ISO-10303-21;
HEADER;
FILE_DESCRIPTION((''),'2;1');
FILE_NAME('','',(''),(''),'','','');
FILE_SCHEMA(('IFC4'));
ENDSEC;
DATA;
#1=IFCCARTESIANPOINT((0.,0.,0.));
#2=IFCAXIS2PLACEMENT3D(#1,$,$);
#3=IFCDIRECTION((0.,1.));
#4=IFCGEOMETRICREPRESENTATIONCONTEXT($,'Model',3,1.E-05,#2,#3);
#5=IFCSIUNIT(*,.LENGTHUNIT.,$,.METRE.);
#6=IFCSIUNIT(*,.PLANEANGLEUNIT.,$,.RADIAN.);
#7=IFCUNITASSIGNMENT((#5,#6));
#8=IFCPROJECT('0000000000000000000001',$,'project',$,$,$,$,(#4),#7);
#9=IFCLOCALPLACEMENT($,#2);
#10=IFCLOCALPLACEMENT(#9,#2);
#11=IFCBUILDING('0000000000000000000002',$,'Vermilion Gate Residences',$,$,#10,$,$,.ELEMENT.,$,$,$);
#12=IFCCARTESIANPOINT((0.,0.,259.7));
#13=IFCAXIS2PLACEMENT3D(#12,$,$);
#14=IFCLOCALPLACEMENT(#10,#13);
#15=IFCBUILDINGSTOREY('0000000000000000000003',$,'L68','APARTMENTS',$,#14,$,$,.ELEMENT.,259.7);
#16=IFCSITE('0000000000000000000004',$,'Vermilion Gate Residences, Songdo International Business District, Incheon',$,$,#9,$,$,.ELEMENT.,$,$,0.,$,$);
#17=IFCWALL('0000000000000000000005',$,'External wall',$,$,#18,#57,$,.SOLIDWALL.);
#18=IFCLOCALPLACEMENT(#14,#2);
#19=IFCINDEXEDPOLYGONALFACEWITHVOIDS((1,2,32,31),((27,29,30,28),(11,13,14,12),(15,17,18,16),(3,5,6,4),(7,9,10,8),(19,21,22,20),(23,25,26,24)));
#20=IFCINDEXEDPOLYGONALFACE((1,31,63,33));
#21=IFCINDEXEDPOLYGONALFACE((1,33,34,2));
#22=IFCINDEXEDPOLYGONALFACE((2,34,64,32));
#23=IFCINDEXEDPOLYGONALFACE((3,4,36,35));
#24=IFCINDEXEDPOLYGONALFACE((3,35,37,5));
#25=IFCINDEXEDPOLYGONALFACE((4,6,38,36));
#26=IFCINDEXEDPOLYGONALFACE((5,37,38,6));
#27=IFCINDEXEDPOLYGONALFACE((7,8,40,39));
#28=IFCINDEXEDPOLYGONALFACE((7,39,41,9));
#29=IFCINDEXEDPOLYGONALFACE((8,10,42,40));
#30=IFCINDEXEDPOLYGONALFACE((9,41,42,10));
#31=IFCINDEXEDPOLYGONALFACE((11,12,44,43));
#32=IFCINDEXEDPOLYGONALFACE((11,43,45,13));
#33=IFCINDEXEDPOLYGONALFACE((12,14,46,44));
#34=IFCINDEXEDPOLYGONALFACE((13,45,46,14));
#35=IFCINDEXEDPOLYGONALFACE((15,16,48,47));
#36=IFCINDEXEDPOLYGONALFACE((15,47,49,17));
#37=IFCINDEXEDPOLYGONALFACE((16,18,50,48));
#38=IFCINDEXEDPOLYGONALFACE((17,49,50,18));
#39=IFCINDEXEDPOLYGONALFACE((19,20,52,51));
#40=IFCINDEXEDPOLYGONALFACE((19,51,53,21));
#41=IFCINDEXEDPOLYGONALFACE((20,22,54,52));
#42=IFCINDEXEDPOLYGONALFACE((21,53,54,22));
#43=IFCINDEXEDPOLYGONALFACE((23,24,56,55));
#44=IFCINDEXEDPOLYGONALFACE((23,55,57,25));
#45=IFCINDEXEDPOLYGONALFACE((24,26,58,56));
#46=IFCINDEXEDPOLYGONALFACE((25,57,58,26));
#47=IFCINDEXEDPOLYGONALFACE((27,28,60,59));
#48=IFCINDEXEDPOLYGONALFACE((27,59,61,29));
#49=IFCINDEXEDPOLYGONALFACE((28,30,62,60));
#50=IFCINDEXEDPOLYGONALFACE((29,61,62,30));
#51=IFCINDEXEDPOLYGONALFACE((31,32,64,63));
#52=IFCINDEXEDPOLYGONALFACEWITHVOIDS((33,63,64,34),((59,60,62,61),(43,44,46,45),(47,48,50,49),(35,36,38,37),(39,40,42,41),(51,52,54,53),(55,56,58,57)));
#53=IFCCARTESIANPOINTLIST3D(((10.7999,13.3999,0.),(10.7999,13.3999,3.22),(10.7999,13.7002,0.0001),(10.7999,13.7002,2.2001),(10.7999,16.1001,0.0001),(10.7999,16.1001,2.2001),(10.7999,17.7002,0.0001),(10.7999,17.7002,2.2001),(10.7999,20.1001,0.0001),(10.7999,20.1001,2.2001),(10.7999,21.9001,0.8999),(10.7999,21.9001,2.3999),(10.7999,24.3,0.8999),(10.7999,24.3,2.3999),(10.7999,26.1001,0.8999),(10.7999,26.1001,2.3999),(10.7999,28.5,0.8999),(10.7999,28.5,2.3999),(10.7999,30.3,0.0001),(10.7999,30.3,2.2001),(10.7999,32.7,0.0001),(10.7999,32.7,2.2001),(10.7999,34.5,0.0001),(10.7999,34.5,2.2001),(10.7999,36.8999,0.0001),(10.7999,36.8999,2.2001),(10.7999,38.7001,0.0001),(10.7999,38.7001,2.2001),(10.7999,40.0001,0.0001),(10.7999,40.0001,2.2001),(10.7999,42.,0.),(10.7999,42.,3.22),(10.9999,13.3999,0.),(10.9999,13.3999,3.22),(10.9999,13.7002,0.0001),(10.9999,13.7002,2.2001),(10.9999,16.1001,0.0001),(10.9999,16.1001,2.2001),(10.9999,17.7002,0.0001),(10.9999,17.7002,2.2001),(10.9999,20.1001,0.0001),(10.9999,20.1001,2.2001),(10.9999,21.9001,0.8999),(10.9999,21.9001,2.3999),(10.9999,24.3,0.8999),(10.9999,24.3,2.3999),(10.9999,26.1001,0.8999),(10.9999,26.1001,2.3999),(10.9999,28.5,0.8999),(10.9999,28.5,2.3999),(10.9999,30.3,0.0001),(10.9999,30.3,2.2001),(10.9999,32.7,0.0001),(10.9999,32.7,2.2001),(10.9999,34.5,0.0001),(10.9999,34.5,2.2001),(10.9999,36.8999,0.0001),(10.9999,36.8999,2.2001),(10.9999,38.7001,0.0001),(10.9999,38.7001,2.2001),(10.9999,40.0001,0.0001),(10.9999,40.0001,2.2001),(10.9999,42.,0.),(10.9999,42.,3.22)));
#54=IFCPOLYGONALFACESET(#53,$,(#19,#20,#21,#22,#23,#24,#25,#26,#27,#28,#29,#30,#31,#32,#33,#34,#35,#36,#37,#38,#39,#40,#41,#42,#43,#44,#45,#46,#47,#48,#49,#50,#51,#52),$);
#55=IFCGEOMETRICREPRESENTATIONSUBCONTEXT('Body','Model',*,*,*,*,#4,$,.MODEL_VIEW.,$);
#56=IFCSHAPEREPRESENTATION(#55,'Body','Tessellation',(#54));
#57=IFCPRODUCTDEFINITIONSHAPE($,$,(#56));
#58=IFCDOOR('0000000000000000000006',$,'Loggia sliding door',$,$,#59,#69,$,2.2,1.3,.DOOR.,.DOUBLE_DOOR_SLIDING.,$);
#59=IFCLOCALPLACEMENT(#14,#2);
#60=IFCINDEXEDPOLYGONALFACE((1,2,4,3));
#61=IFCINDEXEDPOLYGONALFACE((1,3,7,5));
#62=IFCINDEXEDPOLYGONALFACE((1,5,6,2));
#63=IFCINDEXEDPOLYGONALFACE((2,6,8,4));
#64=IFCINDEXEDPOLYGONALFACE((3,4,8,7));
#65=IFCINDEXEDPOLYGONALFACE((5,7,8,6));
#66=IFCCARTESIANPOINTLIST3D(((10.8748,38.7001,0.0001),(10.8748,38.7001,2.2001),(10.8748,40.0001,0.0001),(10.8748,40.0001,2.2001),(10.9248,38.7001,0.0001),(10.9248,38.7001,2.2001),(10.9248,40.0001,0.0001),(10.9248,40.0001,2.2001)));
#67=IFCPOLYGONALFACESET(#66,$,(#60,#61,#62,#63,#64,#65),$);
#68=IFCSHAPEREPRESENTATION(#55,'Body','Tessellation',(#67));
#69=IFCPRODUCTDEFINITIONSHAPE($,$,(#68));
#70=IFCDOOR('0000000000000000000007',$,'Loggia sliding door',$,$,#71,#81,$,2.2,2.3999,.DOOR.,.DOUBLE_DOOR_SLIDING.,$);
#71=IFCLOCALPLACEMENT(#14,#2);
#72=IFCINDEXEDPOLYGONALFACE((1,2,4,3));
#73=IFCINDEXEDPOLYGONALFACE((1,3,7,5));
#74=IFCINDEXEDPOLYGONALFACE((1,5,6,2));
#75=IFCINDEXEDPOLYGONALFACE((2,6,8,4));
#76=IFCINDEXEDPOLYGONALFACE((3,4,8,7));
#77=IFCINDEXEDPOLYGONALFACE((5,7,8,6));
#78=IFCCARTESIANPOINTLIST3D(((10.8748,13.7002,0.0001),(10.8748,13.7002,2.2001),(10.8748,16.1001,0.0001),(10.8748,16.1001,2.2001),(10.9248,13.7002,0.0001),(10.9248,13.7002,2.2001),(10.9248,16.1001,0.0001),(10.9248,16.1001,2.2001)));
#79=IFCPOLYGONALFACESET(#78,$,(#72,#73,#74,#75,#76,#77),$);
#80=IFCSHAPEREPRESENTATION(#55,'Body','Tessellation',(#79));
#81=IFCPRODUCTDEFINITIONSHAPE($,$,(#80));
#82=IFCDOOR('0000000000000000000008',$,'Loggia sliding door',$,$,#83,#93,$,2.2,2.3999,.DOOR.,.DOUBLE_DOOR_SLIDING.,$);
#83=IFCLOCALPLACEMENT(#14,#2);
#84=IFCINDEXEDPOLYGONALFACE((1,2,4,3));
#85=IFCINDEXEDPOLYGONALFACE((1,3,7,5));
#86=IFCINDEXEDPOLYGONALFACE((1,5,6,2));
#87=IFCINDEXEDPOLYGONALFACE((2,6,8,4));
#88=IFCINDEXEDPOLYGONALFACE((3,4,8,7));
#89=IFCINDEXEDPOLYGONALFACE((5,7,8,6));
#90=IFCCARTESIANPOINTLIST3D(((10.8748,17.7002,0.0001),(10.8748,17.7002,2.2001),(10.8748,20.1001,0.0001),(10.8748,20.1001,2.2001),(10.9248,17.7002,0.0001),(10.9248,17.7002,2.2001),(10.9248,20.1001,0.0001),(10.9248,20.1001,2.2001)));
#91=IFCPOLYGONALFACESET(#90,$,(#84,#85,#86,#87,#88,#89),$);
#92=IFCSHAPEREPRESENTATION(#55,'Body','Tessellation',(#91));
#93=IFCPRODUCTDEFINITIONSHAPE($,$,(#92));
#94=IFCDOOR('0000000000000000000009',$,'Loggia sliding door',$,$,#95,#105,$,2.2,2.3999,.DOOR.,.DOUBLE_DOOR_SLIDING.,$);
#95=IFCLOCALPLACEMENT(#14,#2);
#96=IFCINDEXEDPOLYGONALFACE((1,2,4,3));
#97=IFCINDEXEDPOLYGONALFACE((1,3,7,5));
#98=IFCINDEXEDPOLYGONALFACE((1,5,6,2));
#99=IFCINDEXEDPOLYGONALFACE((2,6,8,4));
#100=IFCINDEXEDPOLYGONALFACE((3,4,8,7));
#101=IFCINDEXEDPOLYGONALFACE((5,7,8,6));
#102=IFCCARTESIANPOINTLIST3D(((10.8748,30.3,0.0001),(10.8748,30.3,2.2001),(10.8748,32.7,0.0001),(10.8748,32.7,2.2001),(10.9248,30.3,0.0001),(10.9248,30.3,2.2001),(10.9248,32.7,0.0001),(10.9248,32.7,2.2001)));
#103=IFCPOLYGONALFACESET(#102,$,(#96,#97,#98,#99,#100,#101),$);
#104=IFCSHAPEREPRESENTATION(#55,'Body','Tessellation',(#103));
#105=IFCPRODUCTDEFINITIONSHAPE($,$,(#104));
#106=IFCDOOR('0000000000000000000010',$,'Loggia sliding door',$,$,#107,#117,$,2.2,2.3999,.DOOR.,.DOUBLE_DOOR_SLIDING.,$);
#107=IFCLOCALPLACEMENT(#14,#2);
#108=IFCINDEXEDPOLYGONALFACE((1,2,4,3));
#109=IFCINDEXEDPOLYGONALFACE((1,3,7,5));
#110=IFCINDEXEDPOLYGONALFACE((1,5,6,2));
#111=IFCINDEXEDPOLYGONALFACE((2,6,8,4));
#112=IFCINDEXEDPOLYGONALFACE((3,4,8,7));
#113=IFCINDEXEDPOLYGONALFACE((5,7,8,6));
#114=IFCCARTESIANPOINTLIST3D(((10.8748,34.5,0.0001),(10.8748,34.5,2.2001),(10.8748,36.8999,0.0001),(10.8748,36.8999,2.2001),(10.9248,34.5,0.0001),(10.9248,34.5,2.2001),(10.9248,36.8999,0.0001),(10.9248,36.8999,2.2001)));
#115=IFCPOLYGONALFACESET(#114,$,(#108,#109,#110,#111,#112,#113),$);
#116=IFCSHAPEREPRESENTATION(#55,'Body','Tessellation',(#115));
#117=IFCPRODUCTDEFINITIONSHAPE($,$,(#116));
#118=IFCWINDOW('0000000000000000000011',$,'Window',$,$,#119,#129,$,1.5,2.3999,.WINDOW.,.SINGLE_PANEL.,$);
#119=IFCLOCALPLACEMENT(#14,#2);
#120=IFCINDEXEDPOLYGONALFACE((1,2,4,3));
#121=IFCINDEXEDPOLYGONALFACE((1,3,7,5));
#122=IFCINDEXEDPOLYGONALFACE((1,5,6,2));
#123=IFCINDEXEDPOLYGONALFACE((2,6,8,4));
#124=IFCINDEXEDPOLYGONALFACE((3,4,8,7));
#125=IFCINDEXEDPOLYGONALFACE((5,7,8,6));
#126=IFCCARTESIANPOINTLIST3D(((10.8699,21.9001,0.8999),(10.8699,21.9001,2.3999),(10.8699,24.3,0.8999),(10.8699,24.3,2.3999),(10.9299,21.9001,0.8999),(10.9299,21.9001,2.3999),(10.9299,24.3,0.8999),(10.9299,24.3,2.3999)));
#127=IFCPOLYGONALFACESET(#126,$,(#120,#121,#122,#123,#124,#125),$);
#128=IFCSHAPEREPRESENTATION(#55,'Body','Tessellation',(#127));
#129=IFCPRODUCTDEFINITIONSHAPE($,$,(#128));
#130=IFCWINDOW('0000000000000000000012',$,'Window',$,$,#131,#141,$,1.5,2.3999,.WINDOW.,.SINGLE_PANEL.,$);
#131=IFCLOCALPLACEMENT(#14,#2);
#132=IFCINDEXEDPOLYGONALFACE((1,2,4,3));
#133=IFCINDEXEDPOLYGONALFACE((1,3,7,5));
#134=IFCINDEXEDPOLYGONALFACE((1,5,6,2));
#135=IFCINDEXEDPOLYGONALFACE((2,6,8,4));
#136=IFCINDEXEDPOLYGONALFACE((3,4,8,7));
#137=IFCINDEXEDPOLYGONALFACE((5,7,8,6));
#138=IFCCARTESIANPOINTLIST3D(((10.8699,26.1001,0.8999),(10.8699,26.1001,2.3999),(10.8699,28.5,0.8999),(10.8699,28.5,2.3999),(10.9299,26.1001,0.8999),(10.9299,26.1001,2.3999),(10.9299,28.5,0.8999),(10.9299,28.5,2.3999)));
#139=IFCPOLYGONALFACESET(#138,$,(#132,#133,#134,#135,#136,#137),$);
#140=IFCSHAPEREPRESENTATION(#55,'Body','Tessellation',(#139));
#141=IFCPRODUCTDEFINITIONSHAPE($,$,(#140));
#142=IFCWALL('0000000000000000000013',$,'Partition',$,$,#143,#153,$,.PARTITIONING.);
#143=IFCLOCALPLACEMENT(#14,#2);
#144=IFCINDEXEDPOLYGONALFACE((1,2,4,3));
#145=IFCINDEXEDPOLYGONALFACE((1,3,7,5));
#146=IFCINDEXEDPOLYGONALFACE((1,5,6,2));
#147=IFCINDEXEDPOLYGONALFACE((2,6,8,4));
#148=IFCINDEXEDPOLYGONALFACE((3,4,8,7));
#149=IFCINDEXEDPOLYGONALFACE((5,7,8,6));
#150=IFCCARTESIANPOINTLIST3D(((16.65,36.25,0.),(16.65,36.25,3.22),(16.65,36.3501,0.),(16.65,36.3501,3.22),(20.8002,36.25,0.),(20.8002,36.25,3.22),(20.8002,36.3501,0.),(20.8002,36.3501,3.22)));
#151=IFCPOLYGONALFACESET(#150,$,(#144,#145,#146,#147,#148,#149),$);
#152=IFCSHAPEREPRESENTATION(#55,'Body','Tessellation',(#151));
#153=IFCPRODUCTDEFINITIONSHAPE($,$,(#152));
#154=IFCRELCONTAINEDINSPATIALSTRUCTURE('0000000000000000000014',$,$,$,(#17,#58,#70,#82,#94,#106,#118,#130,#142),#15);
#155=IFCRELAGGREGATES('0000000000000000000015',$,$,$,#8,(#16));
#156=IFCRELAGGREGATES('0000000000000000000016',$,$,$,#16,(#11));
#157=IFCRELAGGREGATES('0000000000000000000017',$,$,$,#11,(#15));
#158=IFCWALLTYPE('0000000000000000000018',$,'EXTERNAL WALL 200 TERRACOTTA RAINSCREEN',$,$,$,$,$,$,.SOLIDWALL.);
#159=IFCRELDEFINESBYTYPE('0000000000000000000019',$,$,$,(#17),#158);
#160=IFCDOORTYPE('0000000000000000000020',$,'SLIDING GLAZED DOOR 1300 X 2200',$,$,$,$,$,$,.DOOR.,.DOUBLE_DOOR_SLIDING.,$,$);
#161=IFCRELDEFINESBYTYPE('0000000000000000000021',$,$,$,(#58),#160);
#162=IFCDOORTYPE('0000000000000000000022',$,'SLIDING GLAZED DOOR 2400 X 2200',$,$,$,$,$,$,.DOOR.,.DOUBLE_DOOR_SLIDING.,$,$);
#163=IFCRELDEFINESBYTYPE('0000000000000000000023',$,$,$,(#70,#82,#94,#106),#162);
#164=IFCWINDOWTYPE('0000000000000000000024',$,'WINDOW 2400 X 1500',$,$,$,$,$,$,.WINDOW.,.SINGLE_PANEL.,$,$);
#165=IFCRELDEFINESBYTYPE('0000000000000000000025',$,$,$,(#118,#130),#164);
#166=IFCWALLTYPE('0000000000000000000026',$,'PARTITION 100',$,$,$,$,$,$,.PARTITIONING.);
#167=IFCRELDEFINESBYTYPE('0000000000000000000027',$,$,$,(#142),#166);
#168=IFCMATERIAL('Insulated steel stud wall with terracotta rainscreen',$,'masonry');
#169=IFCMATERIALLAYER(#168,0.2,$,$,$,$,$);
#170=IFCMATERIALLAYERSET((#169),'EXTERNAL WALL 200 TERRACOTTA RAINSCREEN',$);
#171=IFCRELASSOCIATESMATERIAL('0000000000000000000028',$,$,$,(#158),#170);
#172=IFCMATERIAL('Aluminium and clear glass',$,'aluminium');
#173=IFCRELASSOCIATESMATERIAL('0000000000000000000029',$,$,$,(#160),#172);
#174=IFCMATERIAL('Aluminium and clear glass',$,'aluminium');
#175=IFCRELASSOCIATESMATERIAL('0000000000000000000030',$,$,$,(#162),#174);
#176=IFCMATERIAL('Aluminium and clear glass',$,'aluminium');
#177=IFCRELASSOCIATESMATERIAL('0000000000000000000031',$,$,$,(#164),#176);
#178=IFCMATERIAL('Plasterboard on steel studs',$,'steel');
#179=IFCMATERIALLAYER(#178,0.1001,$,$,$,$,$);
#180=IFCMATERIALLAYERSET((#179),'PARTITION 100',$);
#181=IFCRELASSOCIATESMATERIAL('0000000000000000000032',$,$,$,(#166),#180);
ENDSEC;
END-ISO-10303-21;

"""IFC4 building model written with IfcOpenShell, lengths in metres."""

from ifc_helpers import new_model, si_unit, direction, frame, frame_2d, origin, place, context, subcontext, project, spatial, rectangle, extrude, material, layer, layer_set, type_object, element, fill, save


model = new_model("IFC4")

# Units and contexts
model_context = context("Model", 3, precision=1e-05, world=origin(), true_north=direction((0.0, 1.0)))
body_context = subcontext(model_context, "Body", "Model", "MODEL_VIEW")
ifc_project = project(units=[si_unit("LENGTHUNIT", "METRE"), si_unit("PLANEANGLEUNIT", "RADIAN")], contexts=[model_context])

# Site, building, storey
site_placement = place(None, origin())
site = spatial("IfcSite", under=ifc_project, at=site_placement, Name="Vermilion Gate Residences, Songdo International Business District, Incheon", CompositionType="ELEMENT", RefElevation=0.0)
building_placement = place(site_placement, origin())
building = spatial("IfcBuilding", under=site, at=building_placement, Name="Vermilion Gate Residences", CompositionType="ELEMENT")
storey_placement = place(building_placement, frame((0.0, 0.0, 259.7)))
storey = spatial("IfcBuildingStorey", under=building, at=storey_placement, Name="L68", Description="APARTMENTS", CompositionType="ELEMENT", Elevation=259.7)

# Wall, openings, doors, windows
ifc_material_1 = material(Name="Insulated steel stud wall with terracotta rainscreen", Category="masonry")
ifc_layer_1 = layer(ifc_material_1, 0.2)
ifc_layer_set_1 = layer_set([ifc_layer_1], Name="EXTERNAL WALL 200 TERRACOTTA RAINSCREEN")
wall_type_1 = type_object("IfcWallType", Name="EXTERNAL WALL 200 TERRACOTTA RAINSCREEN", PredefinedType="SOLIDWALL", material=ifc_layer_set_1)
wall_1_placement = place(storey_placement, frame((10.8999, 42.0, 0.0), z_axis=(0.0, 0.0, 1.0), x_axis=(0.0, -1.0, 0.0)))
wall_1 = element("IfcWall", 1, at=wall_1_placement, inside=storey, type_object=wall_type_1, Name="External wall", PredefinedType="SOLIDWALL", context=body_context, shape_type="SweptSolid", body=[
    extrude(rectangle(XDim=28.6001, YDim=0.2, at=frame_2d((14.3, 0.0))), origin(), (0.0, 0.0, 1.0), 3.22),
])
opening_1_placement = place(wall_1_placement, frame((25.8999, 0.0, 0.0)))
opening_1 = element("IfcOpeningElement", 2, at=opening_1_placement, cuts=wall_1, PredefinedType="OPENING", context=body_context, shape_type="SweptSolid", body=[
    extrude(rectangle(XDim=2.3999, YDim=2.2, at=frame_2d((1.2, 1.1001))), frame((0.0, 0.1099, 0.0), z_axis=(0.0, -1.0, 0.0), x_axis=(1.0, 0.0, 0.0)), (0.0, 0.0, 1.0), 0.22),
])
opening_2_placement = place(wall_1_placement, frame((21.8999, 0.0, 0.0)))
opening_2 = element("IfcOpeningElement", 3, at=opening_2_placement, cuts=wall_1, PredefinedType="OPENING", context=body_context, shape_type="SweptSolid", body=[
    extrude(rectangle(XDim=2.3999, YDim=2.2, at=frame_2d((1.2, 1.1001))), frame((0.0, 0.1099, 0.0), z_axis=(0.0, -1.0, 0.0), x_axis=(1.0, 0.0, 0.0)), (0.0, 0.0, 1.0), 0.22),
])
opening_3_placement = place(wall_1_placement, frame((17.7, 0.0, 0.8999)))
opening_3 = element("IfcOpeningElement", 4, at=opening_3_placement, cuts=wall_1, PredefinedType="OPENING", context=body_context, shape_type="SweptSolid", body=[
    extrude(rectangle(XDim=2.3999, YDim=1.5, at=frame_2d((1.2, 0.75))), frame((0.0, 0.1099, 0.0), z_axis=(0.0, -1.0, 0.0), x_axis=(1.0, 0.0, 0.0)), (0.0, 0.0, 1.0), 0.22),
])
opening_4_placement = place(wall_1_placement, frame((13.5, 0.0, 0.8999)))
opening_4 = element("IfcOpeningElement", 5, at=opening_4_placement, cuts=wall_1, PredefinedType="OPENING", context=body_context, shape_type="SweptSolid", body=[
    extrude(rectangle(XDim=2.3999, YDim=1.5, at=frame_2d((1.2, 0.75))), frame((0.0, 0.1099, 0.0), z_axis=(0.0, -1.0, 0.0), x_axis=(1.0, 0.0, 0.0)), (0.0, 0.0, 1.0), 0.22),
])
opening_5_placement = place(wall_1_placement, frame((9.3, 0.0, 0.0)))
opening_5 = element("IfcOpeningElement", 6, at=opening_5_placement, cuts=wall_1, PredefinedType="OPENING", context=body_context, shape_type="SweptSolid", body=[
    extrude(rectangle(XDim=2.3999, YDim=2.2, at=frame_2d((1.2, 1.1001))), frame((0.0, 0.1099, 0.0), z_axis=(0.0, -1.0, 0.0), x_axis=(1.0, 0.0, 0.0)), (0.0, 0.0, 1.0), 0.22),
])
opening_6_placement = place(wall_1_placement, frame((5.1001, 0.0, 0.0)))
opening_6 = element("IfcOpeningElement", 7, at=opening_6_placement, cuts=wall_1, PredefinedType="OPENING", context=body_context, shape_type="SweptSolid", body=[
    extrude(rectangle(XDim=2.3999, YDim=2.2, at=frame_2d((1.2, 1.1001))), frame((0.0, 0.1099, 0.0), z_axis=(0.0, -1.0, 0.0), x_axis=(1.0, 0.0, 0.0)), (0.0, 0.0, 1.0), 0.22),
])
opening_7_placement = place(wall_1_placement, frame((2.0, 0.0, 0.0)))
opening_7 = element("IfcOpeningElement", 8, at=opening_7_placement, cuts=wall_1, PredefinedType="OPENING", context=body_context, shape_type="SweptSolid", body=[
    extrude(rectangle(XDim=1.3, YDim=2.2, at=frame_2d((0.6499, 1.1001))), frame((0.0, 0.1099, 0.0), z_axis=(0.0, -1.0, 0.0), x_axis=(1.0, 0.0, 0.0)), (0.0, 0.0, 1.0), 0.22),
])
ifc_material_2 = material(Name="Aluminium and clear glass", Category="aluminium")
door_type_1 = type_object("IfcDoorType", Name="SLIDING GLAZED DOOR 1300 X 2200", OperationType="DOUBLE_DOOR_SLIDING", PredefinedType="DOOR", material=ifc_material_2)
door_1_placement = place(opening_7_placement, origin())
door_1 = element("IfcDoor", 9, at=door_1_placement, inside=storey, type_object=door_type_1, Name="Loggia sliding door", OperationType="DOUBLE_DOOR_SLIDING", OverallHeight=2.2, OverallWidth=1.3, PredefinedType="DOOR", context=body_context, shape_type="SweptSolid", body=[
    extrude(rectangle(XDim=1.3, YDim=2.2, at=frame_2d((0.6499, 1.1001))), frame((0.0, 0.0249, 0.0), z_axis=(0.0, -1.0, 0.0), x_axis=(1.0, 0.0, 0.0)), (0.0, 0.0, 1.0), 0.05),
])
fill(opening_7, door_1)
ifc_material_3 = material(Name="Aluminium and clear glass", Category="aluminium")
door_type_2 = type_object("IfcDoorType", Name="SLIDING GLAZED DOOR 2400 X 2200", OperationType="DOUBLE_DOOR_SLIDING", PredefinedType="DOOR", material=ifc_material_3)
door_2_placement = place(opening_1_placement, origin())
door_2 = element("IfcDoor", 10, at=door_2_placement, inside=storey, type_object=door_type_2, Name="Loggia sliding door", OperationType="DOUBLE_DOOR_SLIDING", OverallHeight=2.2, OverallWidth=2.3999, PredefinedType="DOOR", context=body_context, shape_type="SweptSolid", body=[
    extrude(rectangle(XDim=2.3999, YDim=2.2, at=frame_2d((1.2, 1.1001))), frame((0.0, 0.0249, 0.0), z_axis=(0.0, -1.0, 0.0), x_axis=(1.0, 0.0, 0.0)), (0.0, 0.0, 1.0), 0.05),
])
fill(opening_1, door_2)
door_3_placement = place(opening_2_placement, origin())
door_3 = element("IfcDoor", 11, at=door_3_placement, inside=storey, type_object=door_type_2, Name="Loggia sliding door", OperationType="DOUBLE_DOOR_SLIDING", OverallHeight=2.2, OverallWidth=2.3999, PredefinedType="DOOR", context=body_context, shape_type="SweptSolid", body=[
    extrude(rectangle(XDim=2.3999, YDim=2.2, at=frame_2d((1.2, 1.1001))), frame((0.0, 0.0249, 0.0), z_axis=(0.0, -1.0, 0.0), x_axis=(1.0, 0.0, 0.0)), (0.0, 0.0, 1.0), 0.05),
])
fill(opening_2, door_3)
door_4_placement = place(opening_5_placement, origin())
door_4 = element("IfcDoor", 12, at=door_4_placement, inside=storey, type_object=door_type_2, Name="Loggia sliding door", OperationType="DOUBLE_DOOR_SLIDING", OverallHeight=2.2, OverallWidth=2.3999, PredefinedType="DOOR", context=body_context, shape_type="SweptSolid", body=[
    extrude(rectangle(XDim=2.3999, YDim=2.2, at=frame_2d((1.2, 1.1001))), frame((0.0, 0.0249, 0.0), z_axis=(0.0, -1.0, 0.0), x_axis=(1.0, 0.0, 0.0)), (0.0, 0.0, 1.0), 0.05),
])
fill(opening_5, door_4)
door_5_placement = place(opening_6_placement, origin())
door_5 = element("IfcDoor", 13, at=door_5_placement, inside=storey, type_object=door_type_2, Name="Loggia sliding door", OperationType="DOUBLE_DOOR_SLIDING", OverallHeight=2.2, OverallWidth=2.3999, PredefinedType="DOOR", context=body_context, shape_type="SweptSolid", body=[
    extrude(rectangle(XDim=2.3999, YDim=2.2, at=frame_2d((1.2, 1.1001))), frame((0.0, 0.0249, 0.0), z_axis=(0.0, -1.0, 0.0), x_axis=(1.0, 0.0, 0.0)), (0.0, 0.0, 1.0), 0.05),
])
fill(opening_6, door_5)
ifc_material_4 = material(Name="Aluminium and clear glass", Category="aluminium")
window_type = type_object("IfcWindowType", Name="WINDOW 2400 X 1500", PartitioningType="SINGLE_PANEL", PredefinedType="WINDOW", material=ifc_material_4)
window_1_placement = place(opening_3_placement, origin())
window_1 = element("IfcWindow", 14, at=window_1_placement, inside=storey, type_object=window_type, Name="Window", OverallHeight=1.5, OverallWidth=2.3999, PartitioningType="SINGLE_PANEL", PredefinedType="WINDOW", context=body_context, shape_type="SweptSolid", body=[
    extrude(rectangle(XDim=2.3999, YDim=1.5, at=frame_2d((1.2, 0.75))), frame((0.0, 0.03, 0.0), z_axis=(0.0, -1.0, 0.0), x_axis=(1.0, 0.0, 0.0)), (0.0, 0.0, 1.0), 0.0601),
])
fill(opening_3, window_1)
window_2_placement = place(opening_4_placement, origin())
window_2 = element("IfcWindow", 15, at=window_2_placement, inside=storey, type_object=window_type, Name="Window", OverallHeight=1.5, OverallWidth=2.3999, PartitioningType="SINGLE_PANEL", PredefinedType="WINDOW", context=body_context, shape_type="SweptSolid", body=[
    extrude(rectangle(XDim=2.3999, YDim=1.5, at=frame_2d((1.2, 0.75))), frame((0.0, 0.03, 0.0), z_axis=(0.0, -1.0, 0.0), x_axis=(1.0, 0.0, 0.0)), (0.0, 0.0, 1.0), 0.0601),
])
fill(opening_4, window_2)

# Wall
ifc_material_5 = material(Name="Plasterboard on steel studs", Category="steel")
ifc_layer_2 = layer(ifc_material_5, 0.1001)
ifc_layer_set_2 = layer_set([ifc_layer_2], Name="PARTITION 100")
wall_type_2 = type_object("IfcWallType", Name="PARTITION 100", PredefinedType="PARTITIONING", material=ifc_layer_set_2)
wall_2_placement = place(storey_placement, frame((16.6499, 36.3, 0.0), z_axis=(0.0, 0.0, 1.0), x_axis=(1.0, 0.0, 0.0)))
element("IfcWall", 16, at=wall_2_placement, inside=storey, type_object=wall_type_2, Name="Partition", PredefinedType="PARTITIONING", context=body_context, shape_type="SweptSolid", body=[
    extrude(rectangle(XDim=4.1501, YDim=0.1001, at=frame_2d((2.0752, 0.0))), origin(), (0.0, 0.0, 1.0), 3.22),
])

save(model, "model.ifc")
